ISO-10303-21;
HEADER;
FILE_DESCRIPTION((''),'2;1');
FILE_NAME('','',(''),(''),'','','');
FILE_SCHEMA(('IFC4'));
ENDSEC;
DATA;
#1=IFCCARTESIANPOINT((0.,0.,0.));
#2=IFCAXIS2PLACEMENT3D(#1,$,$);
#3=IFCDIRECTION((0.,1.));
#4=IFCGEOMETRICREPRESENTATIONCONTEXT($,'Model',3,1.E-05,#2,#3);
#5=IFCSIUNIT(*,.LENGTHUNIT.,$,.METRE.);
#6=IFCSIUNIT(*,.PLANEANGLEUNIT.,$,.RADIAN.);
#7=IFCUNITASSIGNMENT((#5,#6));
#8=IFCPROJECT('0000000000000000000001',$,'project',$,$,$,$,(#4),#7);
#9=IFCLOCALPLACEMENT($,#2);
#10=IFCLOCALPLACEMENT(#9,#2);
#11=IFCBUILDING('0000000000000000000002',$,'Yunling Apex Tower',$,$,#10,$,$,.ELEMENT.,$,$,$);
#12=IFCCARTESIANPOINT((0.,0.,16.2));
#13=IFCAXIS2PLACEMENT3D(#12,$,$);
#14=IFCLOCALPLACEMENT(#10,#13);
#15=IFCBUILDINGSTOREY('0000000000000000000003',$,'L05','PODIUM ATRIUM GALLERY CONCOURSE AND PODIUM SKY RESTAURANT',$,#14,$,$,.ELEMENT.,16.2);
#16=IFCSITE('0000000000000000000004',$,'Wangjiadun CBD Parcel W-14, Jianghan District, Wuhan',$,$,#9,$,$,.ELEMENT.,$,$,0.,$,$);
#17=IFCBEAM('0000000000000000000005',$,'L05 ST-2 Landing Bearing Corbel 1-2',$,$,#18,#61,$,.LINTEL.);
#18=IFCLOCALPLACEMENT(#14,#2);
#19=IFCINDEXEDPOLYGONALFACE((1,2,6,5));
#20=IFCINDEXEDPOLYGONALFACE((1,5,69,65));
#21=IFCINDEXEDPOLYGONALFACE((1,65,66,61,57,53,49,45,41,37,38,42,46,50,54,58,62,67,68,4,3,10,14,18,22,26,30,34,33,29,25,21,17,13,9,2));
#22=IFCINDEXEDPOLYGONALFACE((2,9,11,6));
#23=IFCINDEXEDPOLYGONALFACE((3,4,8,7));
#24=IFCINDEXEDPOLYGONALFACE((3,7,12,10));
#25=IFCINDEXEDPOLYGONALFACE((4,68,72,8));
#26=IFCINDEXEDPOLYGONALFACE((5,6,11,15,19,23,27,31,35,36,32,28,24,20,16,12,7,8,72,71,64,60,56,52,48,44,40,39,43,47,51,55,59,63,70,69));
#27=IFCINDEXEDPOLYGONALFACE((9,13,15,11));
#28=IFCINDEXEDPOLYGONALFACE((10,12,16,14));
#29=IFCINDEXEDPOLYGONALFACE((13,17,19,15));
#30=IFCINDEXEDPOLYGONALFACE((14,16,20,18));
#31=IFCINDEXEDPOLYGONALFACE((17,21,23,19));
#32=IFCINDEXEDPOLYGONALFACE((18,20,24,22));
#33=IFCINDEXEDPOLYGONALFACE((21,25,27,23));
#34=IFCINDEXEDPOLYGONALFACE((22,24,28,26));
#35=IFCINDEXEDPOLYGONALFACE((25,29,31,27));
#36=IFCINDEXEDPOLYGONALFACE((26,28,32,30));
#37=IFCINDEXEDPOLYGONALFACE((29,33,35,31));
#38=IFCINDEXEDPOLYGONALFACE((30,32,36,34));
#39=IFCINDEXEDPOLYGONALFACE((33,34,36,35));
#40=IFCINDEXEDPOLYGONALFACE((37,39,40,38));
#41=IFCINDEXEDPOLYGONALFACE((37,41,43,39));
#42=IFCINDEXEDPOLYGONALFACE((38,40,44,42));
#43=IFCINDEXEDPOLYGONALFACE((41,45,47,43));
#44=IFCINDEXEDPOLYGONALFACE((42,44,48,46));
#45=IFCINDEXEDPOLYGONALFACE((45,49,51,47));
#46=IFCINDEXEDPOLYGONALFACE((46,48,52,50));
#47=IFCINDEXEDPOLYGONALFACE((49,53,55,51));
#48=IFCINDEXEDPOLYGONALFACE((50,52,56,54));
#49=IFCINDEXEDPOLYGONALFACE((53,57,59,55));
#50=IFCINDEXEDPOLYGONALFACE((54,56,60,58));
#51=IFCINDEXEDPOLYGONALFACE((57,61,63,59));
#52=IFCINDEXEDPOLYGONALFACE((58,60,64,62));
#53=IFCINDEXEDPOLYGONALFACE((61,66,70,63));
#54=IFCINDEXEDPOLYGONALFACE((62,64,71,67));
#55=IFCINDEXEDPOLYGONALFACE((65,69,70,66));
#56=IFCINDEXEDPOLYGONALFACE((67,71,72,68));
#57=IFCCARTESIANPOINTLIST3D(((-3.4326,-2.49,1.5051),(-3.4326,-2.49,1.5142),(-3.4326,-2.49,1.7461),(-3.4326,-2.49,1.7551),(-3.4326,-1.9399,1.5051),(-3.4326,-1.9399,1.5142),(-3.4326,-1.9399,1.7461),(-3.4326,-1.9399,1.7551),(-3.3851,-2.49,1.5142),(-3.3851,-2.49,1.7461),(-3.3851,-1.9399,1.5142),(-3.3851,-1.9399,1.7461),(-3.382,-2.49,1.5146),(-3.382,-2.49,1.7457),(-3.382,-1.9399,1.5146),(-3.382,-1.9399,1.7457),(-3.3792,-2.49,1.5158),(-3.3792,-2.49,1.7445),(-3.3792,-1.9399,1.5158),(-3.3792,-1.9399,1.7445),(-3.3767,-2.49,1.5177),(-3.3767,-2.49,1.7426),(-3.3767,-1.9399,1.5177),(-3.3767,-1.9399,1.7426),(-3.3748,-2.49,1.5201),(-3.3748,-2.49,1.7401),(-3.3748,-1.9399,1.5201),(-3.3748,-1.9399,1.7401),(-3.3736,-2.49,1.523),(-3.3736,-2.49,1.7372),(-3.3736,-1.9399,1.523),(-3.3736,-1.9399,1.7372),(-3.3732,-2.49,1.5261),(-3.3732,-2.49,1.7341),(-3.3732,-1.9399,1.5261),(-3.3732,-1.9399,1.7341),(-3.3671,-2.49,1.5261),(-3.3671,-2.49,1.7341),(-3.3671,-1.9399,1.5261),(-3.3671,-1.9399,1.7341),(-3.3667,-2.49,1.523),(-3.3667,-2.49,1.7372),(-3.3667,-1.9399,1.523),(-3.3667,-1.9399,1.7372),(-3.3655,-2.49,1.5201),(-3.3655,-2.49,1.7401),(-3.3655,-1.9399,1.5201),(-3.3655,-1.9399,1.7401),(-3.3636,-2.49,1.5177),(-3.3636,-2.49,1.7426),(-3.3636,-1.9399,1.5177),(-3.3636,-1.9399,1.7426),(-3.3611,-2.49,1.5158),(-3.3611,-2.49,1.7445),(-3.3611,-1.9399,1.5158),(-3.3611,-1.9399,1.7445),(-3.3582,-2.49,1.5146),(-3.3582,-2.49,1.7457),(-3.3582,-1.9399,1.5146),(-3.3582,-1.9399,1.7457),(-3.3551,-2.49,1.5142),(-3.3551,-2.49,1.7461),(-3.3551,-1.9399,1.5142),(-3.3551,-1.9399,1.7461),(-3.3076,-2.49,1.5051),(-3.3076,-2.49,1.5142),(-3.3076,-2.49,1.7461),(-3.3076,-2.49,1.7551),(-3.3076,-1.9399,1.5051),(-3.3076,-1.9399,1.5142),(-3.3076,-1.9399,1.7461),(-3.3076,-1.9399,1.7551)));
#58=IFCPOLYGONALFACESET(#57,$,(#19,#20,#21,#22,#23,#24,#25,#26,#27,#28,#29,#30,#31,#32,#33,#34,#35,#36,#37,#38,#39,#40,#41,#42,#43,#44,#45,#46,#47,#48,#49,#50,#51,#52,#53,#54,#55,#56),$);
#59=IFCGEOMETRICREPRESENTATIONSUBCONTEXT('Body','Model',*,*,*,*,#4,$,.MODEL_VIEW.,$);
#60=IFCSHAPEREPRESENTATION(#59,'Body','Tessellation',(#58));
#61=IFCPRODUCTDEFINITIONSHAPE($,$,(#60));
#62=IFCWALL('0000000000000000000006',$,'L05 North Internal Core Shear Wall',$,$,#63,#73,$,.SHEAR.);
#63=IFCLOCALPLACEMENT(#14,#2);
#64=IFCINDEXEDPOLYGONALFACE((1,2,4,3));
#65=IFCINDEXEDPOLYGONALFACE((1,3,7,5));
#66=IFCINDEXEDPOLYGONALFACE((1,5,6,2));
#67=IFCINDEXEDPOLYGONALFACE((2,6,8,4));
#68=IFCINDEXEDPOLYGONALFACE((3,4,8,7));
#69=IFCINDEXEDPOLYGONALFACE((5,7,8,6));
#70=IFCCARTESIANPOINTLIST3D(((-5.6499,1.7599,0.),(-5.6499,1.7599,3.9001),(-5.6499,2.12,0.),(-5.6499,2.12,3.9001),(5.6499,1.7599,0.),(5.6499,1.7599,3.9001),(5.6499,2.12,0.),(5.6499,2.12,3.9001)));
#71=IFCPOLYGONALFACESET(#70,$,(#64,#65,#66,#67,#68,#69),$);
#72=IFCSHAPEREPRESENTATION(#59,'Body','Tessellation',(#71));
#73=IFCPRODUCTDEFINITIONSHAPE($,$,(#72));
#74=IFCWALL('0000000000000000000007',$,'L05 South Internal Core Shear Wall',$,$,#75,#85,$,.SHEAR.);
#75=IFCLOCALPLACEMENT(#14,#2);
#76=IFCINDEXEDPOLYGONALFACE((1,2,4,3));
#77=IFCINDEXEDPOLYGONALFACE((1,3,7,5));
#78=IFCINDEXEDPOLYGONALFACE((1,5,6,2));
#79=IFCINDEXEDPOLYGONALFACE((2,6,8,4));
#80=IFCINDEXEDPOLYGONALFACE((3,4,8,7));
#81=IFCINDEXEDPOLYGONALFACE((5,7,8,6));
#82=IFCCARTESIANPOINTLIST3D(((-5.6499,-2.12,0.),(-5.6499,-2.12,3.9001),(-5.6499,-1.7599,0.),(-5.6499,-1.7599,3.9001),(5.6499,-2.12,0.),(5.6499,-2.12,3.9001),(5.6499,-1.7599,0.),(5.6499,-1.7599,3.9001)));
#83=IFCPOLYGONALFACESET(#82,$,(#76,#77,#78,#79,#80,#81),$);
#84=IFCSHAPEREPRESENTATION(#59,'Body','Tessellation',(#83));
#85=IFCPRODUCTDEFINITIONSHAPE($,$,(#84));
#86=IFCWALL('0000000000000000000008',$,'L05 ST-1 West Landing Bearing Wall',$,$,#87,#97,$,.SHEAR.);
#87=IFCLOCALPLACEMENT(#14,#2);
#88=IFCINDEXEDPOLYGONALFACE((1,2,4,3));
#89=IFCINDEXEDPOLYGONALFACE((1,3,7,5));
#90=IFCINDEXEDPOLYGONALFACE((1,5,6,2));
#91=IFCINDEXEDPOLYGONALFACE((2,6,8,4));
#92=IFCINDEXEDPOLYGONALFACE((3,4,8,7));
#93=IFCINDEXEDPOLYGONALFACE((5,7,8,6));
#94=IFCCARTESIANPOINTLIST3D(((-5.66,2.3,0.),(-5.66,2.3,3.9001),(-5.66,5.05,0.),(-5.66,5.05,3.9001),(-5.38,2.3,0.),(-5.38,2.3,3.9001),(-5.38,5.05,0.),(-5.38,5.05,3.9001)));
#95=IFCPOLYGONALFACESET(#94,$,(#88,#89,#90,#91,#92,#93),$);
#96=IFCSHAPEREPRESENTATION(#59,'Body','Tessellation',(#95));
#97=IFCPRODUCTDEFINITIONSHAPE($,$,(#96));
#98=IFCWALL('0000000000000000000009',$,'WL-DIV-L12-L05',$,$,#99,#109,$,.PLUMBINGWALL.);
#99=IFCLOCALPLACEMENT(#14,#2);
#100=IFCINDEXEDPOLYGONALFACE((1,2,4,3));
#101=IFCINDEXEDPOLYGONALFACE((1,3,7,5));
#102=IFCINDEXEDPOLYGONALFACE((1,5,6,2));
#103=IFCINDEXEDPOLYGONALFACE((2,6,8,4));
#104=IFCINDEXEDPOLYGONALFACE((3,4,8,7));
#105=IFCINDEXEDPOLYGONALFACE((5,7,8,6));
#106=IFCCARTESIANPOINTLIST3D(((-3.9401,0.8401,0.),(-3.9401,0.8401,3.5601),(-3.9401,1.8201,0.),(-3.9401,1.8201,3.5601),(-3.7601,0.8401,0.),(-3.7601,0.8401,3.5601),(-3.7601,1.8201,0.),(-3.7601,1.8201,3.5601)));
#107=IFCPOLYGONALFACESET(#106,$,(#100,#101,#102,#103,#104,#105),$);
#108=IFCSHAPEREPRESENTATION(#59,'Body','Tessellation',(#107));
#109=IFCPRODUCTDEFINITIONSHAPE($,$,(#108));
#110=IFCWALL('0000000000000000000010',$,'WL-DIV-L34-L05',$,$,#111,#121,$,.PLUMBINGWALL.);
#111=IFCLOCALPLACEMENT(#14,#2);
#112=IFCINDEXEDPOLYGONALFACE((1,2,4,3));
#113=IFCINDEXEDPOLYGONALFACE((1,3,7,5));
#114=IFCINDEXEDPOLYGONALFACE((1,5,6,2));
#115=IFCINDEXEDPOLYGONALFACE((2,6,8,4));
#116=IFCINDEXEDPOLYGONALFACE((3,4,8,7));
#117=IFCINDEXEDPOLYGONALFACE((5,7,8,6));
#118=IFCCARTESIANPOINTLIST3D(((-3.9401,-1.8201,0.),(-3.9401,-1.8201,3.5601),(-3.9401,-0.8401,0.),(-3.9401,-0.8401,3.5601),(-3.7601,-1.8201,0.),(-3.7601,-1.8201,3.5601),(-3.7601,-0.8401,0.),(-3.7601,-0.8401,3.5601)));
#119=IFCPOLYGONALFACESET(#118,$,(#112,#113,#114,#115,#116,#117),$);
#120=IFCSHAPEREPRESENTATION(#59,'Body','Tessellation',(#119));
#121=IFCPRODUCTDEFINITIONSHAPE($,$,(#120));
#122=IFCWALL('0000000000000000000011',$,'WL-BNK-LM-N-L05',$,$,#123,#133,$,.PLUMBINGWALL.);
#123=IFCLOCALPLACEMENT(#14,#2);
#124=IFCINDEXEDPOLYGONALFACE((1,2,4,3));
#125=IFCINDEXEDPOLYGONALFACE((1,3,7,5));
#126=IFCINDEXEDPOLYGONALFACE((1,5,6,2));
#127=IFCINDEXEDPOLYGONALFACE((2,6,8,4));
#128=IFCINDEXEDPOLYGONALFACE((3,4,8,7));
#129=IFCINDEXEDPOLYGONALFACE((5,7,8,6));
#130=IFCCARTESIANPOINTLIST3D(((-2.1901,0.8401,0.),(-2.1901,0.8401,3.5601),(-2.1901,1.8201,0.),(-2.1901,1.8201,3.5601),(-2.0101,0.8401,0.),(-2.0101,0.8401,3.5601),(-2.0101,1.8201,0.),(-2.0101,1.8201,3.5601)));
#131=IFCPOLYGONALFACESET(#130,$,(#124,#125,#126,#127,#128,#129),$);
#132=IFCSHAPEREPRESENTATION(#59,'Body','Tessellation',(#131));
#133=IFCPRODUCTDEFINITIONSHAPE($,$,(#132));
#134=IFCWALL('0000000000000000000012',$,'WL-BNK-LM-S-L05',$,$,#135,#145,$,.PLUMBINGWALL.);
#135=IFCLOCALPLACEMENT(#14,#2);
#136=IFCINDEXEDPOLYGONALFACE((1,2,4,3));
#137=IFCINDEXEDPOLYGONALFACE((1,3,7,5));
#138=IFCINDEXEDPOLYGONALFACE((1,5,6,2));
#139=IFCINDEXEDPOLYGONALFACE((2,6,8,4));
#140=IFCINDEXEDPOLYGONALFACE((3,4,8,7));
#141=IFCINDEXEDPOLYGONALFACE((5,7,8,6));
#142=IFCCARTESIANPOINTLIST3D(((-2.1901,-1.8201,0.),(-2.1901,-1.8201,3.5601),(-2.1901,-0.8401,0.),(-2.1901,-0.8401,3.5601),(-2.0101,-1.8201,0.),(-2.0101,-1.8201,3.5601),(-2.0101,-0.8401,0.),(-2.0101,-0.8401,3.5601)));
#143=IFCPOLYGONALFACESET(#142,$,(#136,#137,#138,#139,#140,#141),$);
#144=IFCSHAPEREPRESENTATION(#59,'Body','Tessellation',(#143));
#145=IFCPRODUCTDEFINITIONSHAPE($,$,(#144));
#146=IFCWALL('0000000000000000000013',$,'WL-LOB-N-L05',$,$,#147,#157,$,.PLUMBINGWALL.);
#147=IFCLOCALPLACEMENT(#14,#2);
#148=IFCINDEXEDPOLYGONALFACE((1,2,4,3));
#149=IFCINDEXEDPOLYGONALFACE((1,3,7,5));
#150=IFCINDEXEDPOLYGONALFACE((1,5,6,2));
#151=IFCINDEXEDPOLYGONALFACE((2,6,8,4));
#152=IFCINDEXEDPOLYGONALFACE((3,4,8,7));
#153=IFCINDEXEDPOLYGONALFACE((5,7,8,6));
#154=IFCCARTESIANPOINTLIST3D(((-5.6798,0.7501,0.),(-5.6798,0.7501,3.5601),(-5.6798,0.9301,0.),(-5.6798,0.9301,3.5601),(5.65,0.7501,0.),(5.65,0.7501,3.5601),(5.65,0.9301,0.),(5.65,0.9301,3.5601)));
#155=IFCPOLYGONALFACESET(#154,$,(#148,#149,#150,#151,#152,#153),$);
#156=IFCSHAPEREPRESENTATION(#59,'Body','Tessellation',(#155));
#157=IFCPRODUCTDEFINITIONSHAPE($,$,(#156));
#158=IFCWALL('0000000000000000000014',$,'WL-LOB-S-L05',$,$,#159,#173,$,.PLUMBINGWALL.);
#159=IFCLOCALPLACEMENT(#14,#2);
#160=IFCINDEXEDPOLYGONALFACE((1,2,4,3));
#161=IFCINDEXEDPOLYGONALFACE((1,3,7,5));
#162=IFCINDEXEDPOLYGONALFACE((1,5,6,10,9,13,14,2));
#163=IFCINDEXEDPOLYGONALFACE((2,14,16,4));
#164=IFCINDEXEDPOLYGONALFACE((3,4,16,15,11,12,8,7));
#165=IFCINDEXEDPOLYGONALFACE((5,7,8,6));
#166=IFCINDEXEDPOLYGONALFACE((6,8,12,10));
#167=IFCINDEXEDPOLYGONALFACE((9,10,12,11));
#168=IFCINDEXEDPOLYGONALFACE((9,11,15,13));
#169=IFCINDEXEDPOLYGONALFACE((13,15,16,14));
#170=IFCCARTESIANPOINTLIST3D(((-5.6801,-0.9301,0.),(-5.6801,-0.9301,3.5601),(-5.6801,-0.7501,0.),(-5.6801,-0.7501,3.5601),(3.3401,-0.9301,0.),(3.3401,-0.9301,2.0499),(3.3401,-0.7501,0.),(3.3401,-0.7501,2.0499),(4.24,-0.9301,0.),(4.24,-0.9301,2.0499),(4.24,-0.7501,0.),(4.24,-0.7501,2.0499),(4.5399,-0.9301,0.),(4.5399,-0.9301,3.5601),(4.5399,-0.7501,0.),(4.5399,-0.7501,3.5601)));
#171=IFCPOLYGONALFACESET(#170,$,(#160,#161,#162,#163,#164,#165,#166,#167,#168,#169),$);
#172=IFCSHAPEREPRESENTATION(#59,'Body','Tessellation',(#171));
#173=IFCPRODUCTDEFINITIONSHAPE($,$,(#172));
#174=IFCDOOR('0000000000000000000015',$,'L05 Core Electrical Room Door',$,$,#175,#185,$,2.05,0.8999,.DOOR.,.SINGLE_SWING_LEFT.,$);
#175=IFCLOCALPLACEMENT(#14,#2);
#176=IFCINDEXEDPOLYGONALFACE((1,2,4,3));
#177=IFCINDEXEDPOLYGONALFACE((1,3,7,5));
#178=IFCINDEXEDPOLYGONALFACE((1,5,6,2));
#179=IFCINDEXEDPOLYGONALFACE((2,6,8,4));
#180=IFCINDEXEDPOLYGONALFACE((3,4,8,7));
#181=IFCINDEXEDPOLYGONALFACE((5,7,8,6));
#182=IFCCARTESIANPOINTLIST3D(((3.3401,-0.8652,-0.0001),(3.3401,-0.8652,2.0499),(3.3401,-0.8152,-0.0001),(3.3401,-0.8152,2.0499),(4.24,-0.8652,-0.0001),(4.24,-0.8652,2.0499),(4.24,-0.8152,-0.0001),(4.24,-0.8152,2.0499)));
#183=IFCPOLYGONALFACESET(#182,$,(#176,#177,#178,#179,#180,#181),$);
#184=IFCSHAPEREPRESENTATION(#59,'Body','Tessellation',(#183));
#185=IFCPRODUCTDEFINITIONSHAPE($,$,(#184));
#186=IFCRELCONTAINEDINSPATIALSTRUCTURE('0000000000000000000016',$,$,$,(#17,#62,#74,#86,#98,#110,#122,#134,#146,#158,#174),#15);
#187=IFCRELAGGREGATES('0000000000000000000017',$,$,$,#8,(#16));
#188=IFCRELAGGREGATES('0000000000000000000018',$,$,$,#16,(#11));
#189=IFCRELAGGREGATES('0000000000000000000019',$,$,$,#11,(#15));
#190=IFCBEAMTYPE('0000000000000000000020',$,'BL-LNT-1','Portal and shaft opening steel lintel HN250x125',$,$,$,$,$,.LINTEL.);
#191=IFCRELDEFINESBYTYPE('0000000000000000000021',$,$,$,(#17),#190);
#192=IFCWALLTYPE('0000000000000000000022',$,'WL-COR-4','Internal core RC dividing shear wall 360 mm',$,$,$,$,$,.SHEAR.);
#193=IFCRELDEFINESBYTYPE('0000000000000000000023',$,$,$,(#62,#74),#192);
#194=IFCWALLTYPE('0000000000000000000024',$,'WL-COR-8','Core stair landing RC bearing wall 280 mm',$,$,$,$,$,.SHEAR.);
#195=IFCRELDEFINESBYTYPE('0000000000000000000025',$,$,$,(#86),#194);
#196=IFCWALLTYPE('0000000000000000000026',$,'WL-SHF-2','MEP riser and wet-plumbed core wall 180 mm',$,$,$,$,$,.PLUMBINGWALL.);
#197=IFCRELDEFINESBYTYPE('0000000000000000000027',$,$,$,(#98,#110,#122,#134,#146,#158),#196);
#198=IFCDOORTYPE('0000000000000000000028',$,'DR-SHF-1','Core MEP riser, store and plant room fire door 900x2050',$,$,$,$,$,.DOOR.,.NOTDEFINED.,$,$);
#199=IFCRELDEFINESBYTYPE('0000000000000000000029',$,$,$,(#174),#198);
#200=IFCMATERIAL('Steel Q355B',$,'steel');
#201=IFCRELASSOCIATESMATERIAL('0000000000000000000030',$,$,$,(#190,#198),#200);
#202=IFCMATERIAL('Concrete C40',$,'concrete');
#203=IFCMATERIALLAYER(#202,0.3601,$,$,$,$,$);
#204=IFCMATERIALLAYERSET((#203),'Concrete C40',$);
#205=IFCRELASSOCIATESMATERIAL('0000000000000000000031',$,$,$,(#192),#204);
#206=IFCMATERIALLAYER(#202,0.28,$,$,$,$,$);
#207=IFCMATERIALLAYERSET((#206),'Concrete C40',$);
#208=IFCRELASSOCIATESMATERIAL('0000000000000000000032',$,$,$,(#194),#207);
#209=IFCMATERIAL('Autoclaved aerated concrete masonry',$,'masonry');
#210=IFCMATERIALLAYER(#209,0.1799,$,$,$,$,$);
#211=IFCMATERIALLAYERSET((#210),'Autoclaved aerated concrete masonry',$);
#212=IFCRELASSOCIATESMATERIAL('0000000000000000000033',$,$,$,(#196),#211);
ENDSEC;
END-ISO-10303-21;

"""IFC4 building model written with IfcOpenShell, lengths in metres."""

from ifc_helpers import new_model, si_unit, direction, frame, frame_2d, origin, origin_2d, place, context, subcontext, project, spatial, rectangle, i_section, extrude, source, transform, mapped, material, layer, layer_set, material_profile, profile_set, type_object, element, fill, save


model = new_model("IFC4")

# Units and contexts
model_context = context("Model", 3, precision=1e-05, world=origin(), true_north=direction((0.0, 1.0)))
body_context = subcontext(model_context, "Body", "Model", "MODEL_VIEW")
ifc_project = project(units=[si_unit("LENGTHUNIT", "METRE"), si_unit("PLANEANGLEUNIT", "RADIAN")], contexts=[model_context])

# Site, building, storey
site_placement = place(None, origin())
site = spatial("IfcSite", under=ifc_project, at=site_placement, Name="Wangjiadun CBD Parcel W-14, Jianghan District, Wuhan", CompositionType="ELEMENT", RefElevation=0.0)
building_placement = place(site_placement, origin())
building = spatial("IfcBuilding", under=site, at=building_placement, Name="Yunling Apex Tower", CompositionType="ELEMENT")
storey_placement = place(building_placement, frame((0.0, 0.0, 16.2)))
storey = spatial("IfcBuildingStorey", under=building, at=storey_placement, Name="L05", Description="PODIUM ATRIUM GALLERY CONCOURSE AND PODIUM SKY RESTAURANT", CompositionType="ELEMENT", Elevation=16.2)

# Beam
ifc_material_1 = material(Name="Steel Q355B", Category="steel")
ifc_material_profile = material_profile(ifc_material_1, i_section(OverallWidth=0.125, OverallDepth=0.25, WebThickness=0.0061, FlangeThickness=0.009, FilletRadius=0.012, at=origin_2d()))
ifc_profile_set = profile_set([ifc_material_profile], Name="Steel Q355B")
beam_type = type_object("IfcBeamType", Name="BL-LNT-1", Description="Portal and shaft opening steel lintel HN250x125", PredefinedType="LINTEL", material=ifc_profile_set)
shared_shape_1 = source(origin(), body_context, "Body", "SweptSolid", [
    extrude(i_section(OverallWidth=0.125, OverallDepth=0.25, WebThickness=0.0061, FlangeThickness=0.009, FilletRadius=0.012, at=origin_2d()), origin(), (0.0, 0.0, 1.0), 0.55),
])
for number, where, z_axis, x_axis, name in (
    (1, (-3.3701, -1.9399, 1.6301), (0.0, -1.0, 0.0), (1.0, 0.0, 0.0), "L05 ST-2 Landing Bearing Corbel 1-2"),
):
    element("IfcBeam", number, at=place(storey_placement, frame(where, z_axis=z_axis, x_axis=x_axis)), inside=storey, type_object=beam_type, Name=name, PredefinedType="LINTEL", context=body_context, shape_type="MappedRepresentation", body=[
        mapped(shared_shape_1, transform((0.0, 0.0, 0.0), scale=1.0)),
    ])

# Walls
ifc_material_2 = material(Name="Concrete C40", Category="concrete")
ifc_layer_1 = layer(ifc_material_2, 0.3601)
ifc_layer_set_1 = layer_set([ifc_layer_1], Name="Concrete C40")
wall_type_1 = type_object("IfcWallType", Name="WL-COR-4", Description="Internal core RC dividing shear wall 360 mm", PredefinedType="SHEAR", material=ifc_layer_set_1)
for number, where, z_axis, x_axis, name in (
    (2, (-5.6499, 1.9399, 0.0), (0.0, 0.0, 1.0), (1.0, 0.0, 0.0), "L05 North Internal Core Shear Wall"),
    (3, (-5.6499, -1.9399, 0.0), (0.0, 0.0, 1.0), (1.0, 0.0, 0.0), "L05 South Internal Core Shear Wall"),
):
    element("IfcWall", number, at=place(storey_placement, frame(where, z_axis=z_axis, x_axis=x_axis)), inside=storey, type_object=wall_type_1, Name=name, PredefinedType="SHEAR", context=body_context, shape_type="SweptSolid", body=[
        extrude(rectangle(XDim=11.2998, YDim=0.3601, at=frame_2d((5.6499, 0.0))), origin(), (0.0, 0.0, 1.0), 3.9001),
    ])
ifc_layer_2 = layer(ifc_material_2, 0.28)
ifc_layer_set_2 = layer_set([ifc_layer_2], Name="Concrete C40")
wall_type_2 = type_object("IfcWallType", Name="WL-COR-8", Description="Core stair landing RC bearing wall 280 mm", PredefinedType="SHEAR", material=ifc_layer_set_2)
wall_1_placement = place(storey_placement, frame((-5.52, 2.3, 0.0), z_axis=(0.0, 0.0, 1.0), x_axis=(0.0, 1.0, 0.0)))
element("IfcWall", 4, at=wall_1_placement, inside=storey, type_object=wall_type_2, Name="L05 ST-1 West Landing Bearing Wall", PredefinedType="SHEAR", context=body_context, shape_type="SweptSolid", body=[
    extrude(rectangle(XDim=2.75, YDim=0.28, at=frame_2d((1.375, 0.0))), origin(), (0.0, 0.0, 1.0), 3.9001),
])
ifc_material_3 = material(Name="Autoclaved aerated concrete masonry", Category="masonry")
ifc_layer_3 = layer(ifc_material_3, 0.1799)
ifc_layer_set_3 = layer_set([ifc_layer_3], Name="Autoclaved aerated concrete masonry")
wall_type_3 = type_object("IfcWallType", Name="WL-SHF-2", Description="MEP riser and wet-plumbed core wall 180 mm", PredefinedType="PLUMBINGWALL", material=ifc_layer_set_3)
for number, where, z_axis, x_axis, name in (
    (5, (-3.8501, 0.8401, 0.0), (0.0, 0.0, 1.0), (0.0, 1.0, 0.0), "WL-DIV-L12-L05"),
    (6, (-3.8501, -1.8201, 0.0), (0.0, 0.0, 1.0), (0.0, 1.0, 0.0), "WL-DIV-L34-L05"),
    (7, (-2.1001, 0.8401, 0.0), (0.0, 0.0, 1.0), (0.0, 1.0, 0.0), "WL-BNK-LM-N-L05"),
    (8, (-2.1001, -1.8201, 0.0), (0.0, 0.0, 1.0), (0.0, 1.0, 0.0), "WL-BNK-LM-S-L05"),
):
    element("IfcWall", number, at=place(storey_placement, frame(where, z_axis=z_axis, x_axis=x_axis)), inside=storey, type_object=wall_type_3, Name=name, PredefinedType="PLUMBINGWALL", context=body_context, shape_type="SweptSolid", body=[
        extrude(rectangle(XDim=0.98, YDim=0.1799, at=frame_2d((0.49, 0.0))), origin(), (0.0, 0.0, 1.0), 3.5601),
    ])
wall_2_placement = place(storey_placement, frame((-5.6799, 0.8401, 0.0), z_axis=(0.0, 0.0, 1.0), x_axis=(1.0, 0.0, 0.0)))
element("IfcWall", 9, at=wall_2_placement, inside=storey, type_object=wall_type_3, Name="WL-LOB-N-L05", PredefinedType="PLUMBINGWALL", context=body_context, shape_type="SweptSolid", body=[
    extrude(rectangle(XDim=11.3298, YDim=0.1799, at=frame_2d((5.665, 0.0))), origin(), (0.0, 0.0, 1.0), 3.5601),
])

# Wall, opening, door
wall_3_placement = place(storey_placement, frame((-5.6799, -0.8401, 0.0), z_axis=(0.0, 0.0, 1.0), x_axis=(1.0, 0.0, 0.0)))
wall_3 = element("IfcWall", 10, at=wall_3_placement, inside=storey, type_object=wall_type_3, Name="WL-LOB-S-L05", PredefinedType="PLUMBINGWALL", context=body_context, shape_type="SweptSolid", body=[
    extrude(rectangle(XDim=10.22, YDim=0.1799, at=frame_2d((5.1099, 0.0))), origin(), (0.0, 0.0, 1.0), 3.5601),
])
opening_placement = place(wall_3_placement, frame((9.02, 0.0, 0.0)))
opening = element("IfcOpeningElement", 11, at=opening_placement, cuts=wall_3, PredefinedType="OPENING", context=body_context, shape_type="SweptSolid", body=[
    extrude(rectangle(XDim=0.8999, YDim=2.05, at=frame_2d((0.45, 1.0249))), frame((0.0, 0.1001, 0.0), z_axis=(0.0, -1.0, 0.0), x_axis=(1.0, 0.0, 0.0)), (0.0, 0.0, 1.0), 0.2),
])
door_type = type_object("IfcDoorType", Name="DR-SHF-1", Description="Core MEP riser, store and plant room fire door 900x2050", OperationType="NOTDEFINED", PredefinedType="DOOR", material=ifc_material_1)
door_placement = place(opening_placement, origin())
door = element("IfcDoor", 12, at=door_placement, inside=storey, type_object=door_type, Name="L05 Core Electrical Room Door", OperationType="SINGLE_SWING_LEFT", OverallHeight=2.05, OverallWidth=0.8999, PredefinedType="DOOR", context=body_context, shape_type="SweptSolid", body=[
    extrude(rectangle(XDim=0.8999, YDim=2.05, at=frame_2d((0.45, 1.0249))), frame((0.0, 0.0249, 0.0), z_axis=(0.0, -1.0, 0.0), x_axis=(1.0, 0.0, 0.0)), (0.0, 0.0, 1.0), 0.05),
])
fill(opening, door)

save(model, "model.ifc")
